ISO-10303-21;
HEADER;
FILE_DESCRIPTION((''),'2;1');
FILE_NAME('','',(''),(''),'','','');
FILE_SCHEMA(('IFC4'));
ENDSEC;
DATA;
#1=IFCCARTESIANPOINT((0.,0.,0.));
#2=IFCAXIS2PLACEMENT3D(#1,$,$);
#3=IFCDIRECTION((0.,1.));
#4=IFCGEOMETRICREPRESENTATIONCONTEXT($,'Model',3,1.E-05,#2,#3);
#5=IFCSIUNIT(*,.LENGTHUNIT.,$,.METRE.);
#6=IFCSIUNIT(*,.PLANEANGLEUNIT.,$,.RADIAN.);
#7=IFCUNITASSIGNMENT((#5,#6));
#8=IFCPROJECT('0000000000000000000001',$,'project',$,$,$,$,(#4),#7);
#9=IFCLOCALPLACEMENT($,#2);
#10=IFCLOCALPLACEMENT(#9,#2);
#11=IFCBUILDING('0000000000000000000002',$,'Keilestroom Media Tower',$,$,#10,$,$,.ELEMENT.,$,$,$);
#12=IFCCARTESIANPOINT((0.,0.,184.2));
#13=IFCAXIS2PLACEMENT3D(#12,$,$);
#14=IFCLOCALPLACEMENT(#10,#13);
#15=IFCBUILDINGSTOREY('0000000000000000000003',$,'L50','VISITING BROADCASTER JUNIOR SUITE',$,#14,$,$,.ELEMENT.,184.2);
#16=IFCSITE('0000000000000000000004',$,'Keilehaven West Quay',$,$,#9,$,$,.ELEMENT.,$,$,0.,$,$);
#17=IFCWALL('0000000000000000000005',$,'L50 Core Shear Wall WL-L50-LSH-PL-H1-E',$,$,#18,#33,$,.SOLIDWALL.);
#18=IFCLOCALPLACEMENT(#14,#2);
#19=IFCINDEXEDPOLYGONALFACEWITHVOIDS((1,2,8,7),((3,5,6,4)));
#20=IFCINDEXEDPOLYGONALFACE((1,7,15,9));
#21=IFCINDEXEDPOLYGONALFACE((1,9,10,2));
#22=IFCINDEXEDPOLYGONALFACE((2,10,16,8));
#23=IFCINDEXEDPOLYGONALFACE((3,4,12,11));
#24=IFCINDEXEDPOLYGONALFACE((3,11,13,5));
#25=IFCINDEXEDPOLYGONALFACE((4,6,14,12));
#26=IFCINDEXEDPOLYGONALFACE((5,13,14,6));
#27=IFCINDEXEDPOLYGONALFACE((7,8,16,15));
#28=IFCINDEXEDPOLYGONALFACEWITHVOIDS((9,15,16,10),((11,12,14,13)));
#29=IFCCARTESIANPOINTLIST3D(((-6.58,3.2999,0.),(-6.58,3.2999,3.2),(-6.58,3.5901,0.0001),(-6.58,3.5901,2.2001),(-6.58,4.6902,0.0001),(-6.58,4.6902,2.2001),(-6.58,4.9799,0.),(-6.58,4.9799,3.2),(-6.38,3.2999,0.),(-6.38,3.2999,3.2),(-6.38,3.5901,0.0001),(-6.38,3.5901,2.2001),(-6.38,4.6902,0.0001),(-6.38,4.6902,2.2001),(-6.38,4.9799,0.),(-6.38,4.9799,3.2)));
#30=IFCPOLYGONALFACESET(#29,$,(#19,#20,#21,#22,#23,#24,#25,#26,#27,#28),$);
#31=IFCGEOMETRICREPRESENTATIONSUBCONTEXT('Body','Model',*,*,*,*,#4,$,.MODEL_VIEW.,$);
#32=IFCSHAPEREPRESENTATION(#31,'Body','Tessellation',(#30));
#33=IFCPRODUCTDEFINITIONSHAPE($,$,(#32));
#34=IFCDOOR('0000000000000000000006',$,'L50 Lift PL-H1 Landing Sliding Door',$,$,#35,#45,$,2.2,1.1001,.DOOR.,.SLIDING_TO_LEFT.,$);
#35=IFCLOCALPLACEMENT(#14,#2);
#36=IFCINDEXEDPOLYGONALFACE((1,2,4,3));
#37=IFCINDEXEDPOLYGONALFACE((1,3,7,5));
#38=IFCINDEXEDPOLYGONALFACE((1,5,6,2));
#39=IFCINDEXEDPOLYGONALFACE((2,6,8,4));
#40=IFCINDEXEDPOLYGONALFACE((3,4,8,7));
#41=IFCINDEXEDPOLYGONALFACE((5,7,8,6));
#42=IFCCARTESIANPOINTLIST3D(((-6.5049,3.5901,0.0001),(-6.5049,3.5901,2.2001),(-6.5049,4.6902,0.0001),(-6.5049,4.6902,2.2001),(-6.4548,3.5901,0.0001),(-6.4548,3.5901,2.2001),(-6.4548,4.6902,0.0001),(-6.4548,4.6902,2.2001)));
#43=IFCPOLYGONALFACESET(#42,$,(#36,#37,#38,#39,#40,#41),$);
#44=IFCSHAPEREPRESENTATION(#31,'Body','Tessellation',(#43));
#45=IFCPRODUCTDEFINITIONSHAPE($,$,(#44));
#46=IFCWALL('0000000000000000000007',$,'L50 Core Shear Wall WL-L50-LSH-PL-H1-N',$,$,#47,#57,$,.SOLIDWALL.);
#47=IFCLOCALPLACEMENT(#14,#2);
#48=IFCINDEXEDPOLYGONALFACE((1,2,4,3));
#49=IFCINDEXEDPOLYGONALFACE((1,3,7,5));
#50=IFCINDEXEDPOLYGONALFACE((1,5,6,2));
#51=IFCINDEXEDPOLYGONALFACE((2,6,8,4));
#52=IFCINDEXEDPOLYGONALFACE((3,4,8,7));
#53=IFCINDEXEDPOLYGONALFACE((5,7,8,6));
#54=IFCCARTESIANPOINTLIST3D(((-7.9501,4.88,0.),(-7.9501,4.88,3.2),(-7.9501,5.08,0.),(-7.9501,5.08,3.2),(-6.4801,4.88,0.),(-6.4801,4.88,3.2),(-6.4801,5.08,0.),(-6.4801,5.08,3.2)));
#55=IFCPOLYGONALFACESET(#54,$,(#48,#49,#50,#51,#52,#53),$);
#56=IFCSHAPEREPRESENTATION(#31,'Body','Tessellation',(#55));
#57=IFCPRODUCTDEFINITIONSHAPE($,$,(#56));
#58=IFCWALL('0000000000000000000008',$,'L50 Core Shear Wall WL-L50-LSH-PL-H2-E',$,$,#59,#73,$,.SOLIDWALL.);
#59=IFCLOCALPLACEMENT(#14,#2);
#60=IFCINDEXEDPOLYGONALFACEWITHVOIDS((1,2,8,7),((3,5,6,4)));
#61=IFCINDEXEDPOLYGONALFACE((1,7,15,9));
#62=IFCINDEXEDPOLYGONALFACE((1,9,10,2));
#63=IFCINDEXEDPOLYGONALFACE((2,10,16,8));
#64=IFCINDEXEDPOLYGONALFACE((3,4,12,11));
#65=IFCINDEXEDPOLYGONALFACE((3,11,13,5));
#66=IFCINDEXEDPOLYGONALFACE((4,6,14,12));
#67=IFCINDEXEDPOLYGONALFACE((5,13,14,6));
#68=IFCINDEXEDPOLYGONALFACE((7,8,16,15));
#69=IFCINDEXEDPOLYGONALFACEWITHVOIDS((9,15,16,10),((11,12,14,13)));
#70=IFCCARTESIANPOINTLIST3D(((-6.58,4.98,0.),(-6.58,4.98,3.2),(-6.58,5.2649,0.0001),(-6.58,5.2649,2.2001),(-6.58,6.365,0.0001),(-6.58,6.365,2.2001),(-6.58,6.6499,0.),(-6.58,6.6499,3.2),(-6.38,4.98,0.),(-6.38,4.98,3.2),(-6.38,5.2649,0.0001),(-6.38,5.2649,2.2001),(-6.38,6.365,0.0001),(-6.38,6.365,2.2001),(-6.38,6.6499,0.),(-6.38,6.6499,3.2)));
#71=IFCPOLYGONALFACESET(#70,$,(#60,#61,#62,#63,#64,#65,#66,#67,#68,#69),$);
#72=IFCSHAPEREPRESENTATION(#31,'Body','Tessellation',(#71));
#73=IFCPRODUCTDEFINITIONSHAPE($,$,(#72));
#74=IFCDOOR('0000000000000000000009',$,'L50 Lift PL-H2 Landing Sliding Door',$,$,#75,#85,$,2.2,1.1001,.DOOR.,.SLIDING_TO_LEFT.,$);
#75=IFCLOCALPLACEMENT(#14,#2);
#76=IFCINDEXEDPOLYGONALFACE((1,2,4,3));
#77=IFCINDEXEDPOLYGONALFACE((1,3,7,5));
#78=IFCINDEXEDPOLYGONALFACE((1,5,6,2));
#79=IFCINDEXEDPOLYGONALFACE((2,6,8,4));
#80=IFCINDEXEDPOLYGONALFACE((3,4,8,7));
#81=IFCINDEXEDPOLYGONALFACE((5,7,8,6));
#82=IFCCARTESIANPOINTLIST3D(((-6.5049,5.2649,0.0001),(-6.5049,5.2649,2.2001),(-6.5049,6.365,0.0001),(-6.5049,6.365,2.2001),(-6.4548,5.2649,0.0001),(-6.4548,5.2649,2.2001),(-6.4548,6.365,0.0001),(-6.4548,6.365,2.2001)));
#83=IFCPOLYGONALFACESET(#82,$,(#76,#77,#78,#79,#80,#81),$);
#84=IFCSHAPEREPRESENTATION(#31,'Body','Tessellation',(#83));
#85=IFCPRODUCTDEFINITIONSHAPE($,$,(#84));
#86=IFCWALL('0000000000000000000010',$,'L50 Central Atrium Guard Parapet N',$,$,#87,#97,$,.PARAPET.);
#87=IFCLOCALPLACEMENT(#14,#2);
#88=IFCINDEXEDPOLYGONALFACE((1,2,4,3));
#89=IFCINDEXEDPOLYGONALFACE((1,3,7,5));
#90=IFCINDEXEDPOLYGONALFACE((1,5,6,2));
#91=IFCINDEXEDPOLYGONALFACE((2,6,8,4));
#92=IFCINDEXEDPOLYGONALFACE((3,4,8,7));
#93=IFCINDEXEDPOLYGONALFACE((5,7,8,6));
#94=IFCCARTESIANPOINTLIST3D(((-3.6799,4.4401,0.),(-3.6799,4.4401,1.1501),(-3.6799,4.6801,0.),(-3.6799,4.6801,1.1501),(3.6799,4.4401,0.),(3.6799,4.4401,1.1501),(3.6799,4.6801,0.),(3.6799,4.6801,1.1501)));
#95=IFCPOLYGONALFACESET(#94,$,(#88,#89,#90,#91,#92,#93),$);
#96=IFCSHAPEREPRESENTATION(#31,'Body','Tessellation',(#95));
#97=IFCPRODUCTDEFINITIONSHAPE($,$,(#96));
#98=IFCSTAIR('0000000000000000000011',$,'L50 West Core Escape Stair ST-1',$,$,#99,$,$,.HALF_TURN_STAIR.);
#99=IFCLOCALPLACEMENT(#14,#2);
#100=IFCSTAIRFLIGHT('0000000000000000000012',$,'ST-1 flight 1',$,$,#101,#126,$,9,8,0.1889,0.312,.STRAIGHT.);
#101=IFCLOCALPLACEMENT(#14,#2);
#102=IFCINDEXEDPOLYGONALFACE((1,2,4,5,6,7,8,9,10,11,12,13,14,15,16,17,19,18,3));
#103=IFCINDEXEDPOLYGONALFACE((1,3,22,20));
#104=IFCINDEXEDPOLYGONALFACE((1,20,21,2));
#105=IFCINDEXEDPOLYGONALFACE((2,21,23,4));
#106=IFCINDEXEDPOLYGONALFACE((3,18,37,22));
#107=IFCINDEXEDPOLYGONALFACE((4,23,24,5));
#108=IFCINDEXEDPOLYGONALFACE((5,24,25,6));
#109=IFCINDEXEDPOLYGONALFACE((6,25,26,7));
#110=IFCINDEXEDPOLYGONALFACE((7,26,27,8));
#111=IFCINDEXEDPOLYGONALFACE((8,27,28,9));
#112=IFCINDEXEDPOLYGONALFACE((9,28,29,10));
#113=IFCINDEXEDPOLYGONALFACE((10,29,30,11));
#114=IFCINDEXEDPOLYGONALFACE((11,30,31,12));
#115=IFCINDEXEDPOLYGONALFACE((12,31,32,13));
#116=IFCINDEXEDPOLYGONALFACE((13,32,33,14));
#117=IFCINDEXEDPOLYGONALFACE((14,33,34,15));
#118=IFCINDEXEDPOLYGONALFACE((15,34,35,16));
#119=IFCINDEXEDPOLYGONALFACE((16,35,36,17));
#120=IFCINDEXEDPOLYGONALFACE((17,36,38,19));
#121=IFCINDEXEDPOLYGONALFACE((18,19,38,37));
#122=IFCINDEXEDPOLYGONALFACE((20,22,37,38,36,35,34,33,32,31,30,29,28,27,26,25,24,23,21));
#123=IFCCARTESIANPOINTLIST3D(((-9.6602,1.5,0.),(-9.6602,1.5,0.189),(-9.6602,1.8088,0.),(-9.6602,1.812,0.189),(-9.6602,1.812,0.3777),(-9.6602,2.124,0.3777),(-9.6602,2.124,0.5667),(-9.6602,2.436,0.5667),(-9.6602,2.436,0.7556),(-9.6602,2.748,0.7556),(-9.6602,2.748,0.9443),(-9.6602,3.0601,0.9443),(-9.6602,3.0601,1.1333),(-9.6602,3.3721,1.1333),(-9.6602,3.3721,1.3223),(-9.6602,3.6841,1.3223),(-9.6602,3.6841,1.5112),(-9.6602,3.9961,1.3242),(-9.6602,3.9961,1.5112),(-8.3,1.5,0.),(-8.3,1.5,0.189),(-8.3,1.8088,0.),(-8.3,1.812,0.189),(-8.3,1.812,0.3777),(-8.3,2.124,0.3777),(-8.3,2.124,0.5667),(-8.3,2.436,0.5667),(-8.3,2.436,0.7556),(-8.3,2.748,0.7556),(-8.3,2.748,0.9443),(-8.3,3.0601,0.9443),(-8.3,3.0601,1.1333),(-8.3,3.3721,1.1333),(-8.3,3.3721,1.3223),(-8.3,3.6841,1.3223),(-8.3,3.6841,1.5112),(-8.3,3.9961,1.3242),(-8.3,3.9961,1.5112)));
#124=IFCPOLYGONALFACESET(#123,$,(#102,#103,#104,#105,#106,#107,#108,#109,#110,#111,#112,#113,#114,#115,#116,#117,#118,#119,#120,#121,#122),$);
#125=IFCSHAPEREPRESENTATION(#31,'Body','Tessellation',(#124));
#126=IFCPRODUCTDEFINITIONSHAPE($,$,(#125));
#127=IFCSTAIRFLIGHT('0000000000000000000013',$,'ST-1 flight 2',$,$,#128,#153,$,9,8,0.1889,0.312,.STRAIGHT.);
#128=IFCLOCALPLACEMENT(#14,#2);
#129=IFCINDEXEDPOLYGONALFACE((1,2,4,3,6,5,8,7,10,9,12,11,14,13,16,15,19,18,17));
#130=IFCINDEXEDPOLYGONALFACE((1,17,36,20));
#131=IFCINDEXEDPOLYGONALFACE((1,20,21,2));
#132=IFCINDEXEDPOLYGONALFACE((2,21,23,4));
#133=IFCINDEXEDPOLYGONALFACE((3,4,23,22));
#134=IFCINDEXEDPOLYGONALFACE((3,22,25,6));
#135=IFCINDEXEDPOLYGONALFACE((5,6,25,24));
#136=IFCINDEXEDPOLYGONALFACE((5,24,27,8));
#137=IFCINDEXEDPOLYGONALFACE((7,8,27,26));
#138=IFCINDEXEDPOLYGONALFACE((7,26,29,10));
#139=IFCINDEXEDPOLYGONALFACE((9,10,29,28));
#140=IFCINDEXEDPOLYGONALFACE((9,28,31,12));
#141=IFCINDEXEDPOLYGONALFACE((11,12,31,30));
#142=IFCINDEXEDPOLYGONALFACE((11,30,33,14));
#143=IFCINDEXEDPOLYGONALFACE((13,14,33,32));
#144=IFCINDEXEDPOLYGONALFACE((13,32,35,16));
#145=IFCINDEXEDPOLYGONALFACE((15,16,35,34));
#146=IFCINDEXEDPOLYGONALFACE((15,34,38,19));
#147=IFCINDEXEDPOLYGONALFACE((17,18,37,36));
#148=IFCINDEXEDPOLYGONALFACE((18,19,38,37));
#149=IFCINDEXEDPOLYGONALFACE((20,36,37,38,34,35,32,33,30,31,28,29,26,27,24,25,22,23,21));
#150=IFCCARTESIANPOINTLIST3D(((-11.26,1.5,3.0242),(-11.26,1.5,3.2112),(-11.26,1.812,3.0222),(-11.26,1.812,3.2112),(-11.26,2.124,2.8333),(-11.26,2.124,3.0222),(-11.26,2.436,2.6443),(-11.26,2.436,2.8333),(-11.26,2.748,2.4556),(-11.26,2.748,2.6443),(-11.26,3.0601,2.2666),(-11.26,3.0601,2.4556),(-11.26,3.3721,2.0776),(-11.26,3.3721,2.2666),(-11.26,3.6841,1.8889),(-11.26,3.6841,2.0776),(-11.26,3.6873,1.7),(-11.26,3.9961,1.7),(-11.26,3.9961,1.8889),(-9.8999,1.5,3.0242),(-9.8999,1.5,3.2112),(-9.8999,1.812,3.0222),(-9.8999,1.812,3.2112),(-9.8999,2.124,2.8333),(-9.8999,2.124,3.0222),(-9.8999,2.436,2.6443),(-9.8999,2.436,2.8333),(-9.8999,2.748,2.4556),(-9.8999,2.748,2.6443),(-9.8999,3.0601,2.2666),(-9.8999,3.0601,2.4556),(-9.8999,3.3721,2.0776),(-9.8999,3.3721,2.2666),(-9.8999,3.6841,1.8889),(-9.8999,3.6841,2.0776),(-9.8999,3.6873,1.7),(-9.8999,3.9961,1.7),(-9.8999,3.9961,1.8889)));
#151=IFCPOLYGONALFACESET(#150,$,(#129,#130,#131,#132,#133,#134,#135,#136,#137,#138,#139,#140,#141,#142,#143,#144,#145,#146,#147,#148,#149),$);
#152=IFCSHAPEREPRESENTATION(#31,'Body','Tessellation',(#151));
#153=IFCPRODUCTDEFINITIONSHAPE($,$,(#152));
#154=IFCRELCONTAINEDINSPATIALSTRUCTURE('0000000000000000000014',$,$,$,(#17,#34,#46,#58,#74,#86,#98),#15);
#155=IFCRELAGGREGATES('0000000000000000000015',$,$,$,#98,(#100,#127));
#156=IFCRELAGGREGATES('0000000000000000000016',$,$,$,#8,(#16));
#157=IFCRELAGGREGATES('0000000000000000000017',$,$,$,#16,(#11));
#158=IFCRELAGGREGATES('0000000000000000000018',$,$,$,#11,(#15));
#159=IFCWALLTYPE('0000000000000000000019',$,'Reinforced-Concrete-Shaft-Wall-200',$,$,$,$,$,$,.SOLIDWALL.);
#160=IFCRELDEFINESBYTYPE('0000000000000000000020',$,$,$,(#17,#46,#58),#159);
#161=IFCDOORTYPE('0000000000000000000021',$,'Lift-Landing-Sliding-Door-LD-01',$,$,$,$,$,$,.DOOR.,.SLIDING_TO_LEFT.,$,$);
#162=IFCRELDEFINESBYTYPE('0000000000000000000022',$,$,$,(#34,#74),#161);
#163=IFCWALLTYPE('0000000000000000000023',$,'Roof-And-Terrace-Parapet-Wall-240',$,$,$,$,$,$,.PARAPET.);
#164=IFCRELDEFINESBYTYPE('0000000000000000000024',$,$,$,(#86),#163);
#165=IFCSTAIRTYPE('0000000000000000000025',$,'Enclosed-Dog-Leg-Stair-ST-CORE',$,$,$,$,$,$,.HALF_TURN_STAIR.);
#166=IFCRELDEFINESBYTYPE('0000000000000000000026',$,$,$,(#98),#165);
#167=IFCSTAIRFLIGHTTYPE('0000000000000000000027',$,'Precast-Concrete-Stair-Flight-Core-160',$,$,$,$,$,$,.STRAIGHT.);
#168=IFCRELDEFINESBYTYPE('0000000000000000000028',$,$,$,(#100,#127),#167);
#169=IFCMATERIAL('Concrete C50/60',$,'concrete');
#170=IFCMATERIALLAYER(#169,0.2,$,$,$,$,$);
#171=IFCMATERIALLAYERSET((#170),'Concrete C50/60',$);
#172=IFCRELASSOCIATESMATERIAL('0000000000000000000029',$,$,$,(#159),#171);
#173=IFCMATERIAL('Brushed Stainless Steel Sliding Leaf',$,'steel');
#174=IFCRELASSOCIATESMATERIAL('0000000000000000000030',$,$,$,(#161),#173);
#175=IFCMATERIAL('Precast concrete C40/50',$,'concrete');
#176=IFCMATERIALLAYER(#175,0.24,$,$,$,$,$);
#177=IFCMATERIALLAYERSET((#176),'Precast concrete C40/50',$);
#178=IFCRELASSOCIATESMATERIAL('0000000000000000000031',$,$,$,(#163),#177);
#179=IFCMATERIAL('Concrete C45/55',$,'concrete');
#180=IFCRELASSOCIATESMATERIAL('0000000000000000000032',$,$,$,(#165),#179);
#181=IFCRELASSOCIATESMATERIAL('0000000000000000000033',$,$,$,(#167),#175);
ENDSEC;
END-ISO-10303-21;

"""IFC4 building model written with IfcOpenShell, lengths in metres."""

from ifc_helpers import new_model, si_unit, direction, frame, frame_2d, origin, place, context, subcontext, project, spatial, polyline, rectangle, outline, extrude, source, transform, mapped, material, layer, layer_set, type_object, element, fill, aggregate, save


model = new_model("IFC4")

# Units and contexts
model_context = context("Model", 3, precision=1e-05, world=origin(), true_north=direction((0.0, 1.0)))
body_context = subcontext(model_context, "Body", "Model", "MODEL_VIEW")
ifc_project = project(units=[si_unit("LENGTHUNIT", "METRE"), si_unit("PLANEANGLEUNIT", "RADIAN")], contexts=[model_context])

# Site, building, storey
site_placement = place(None, origin())
site = spatial("IfcSite", under=ifc_project, at=site_placement, Name="Keilehaven West Quay", CompositionType="ELEMENT", RefElevation=0.0)
building_placement = place(site_placement, origin())
building = spatial("IfcBuilding", under=site, at=building_placement, Name="Keilestroom Media Tower", CompositionType="ELEMENT")
storey_placement = place(building_placement, frame((0.0, 0.0, 184.2)))
storey = spatial("IfcBuildingStorey", under=building, at=storey_placement, Name="L50", Description="VISITING BROADCASTER JUNIOR SUITE", CompositionType="ELEMENT", Elevation=184.2)

# Shared definitions
ifc_material_1 = material(Name="Concrete C50/60", Category="concrete")
ifc_layer_1 = layer(ifc_material_1, 0.2)
ifc_layer_set_1 = layer_set([ifc_layer_1], Name="Concrete C50/60")
wall_type_1 = type_object("IfcWallType", Name="Reinforced-Concrete-Shaft-Wall-200", PredefinedType="SOLIDWALL", material=ifc_layer_set_1)

# Wall, opening, door
wall_1_placement = place(storey_placement, frame((-6.48, 3.3, 0.0), z_axis=(0.0, 0.0, 1.0), x_axis=(0.0, 1.0, 0.0)))
wall_1 = element("IfcWall", 1, at=wall_1_placement, inside=storey, type_object=wall_type_1, Name="L50 Core Shear Wall WL-L50-LSH-PL-H1-E", PredefinedType="SOLIDWALL", context=body_context, shape_type="SweptSolid", body=[
    extrude(rectangle(XDim=1.6799, YDim=0.2, at=frame_2d((0.8398, 0.0))), origin(), (0.0, 0.0, 1.0), 3.2),
])
opening_1_placement = place(wall_1_placement, frame((0.29, 0.0, 0.0)))
opening_1 = element("IfcOpeningElement", 2, at=opening_1_placement, cuts=wall_1, PredefinedType="OPENING", context=body_context, shape_type="SweptSolid", body=[
    extrude(rectangle(XDim=1.1001, YDim=2.2, at=frame_2d((0.55, 1.1001))), frame((0.0, 0.1099, 0.0), z_axis=(0.0, -1.0, 0.0), x_axis=(1.0, 0.0, 0.0)), (0.0, 0.0, 1.0), 0.22),
])
ifc_material_2 = material(Name="Brushed Stainless Steel Sliding Leaf", Category="steel")
door_type = type_object("IfcDoorType", Name="Lift-Landing-Sliding-Door-LD-01", OperationType="SLIDING_TO_LEFT", PredefinedType="DOOR", material=ifc_material_2)
shared_shape_1 = source(origin(), body_context, "Body", "SweptSolid", [
    extrude(rectangle(XDim=1.1001, YDim=2.2, at=frame_2d((0.55, 1.1001))), frame((0.0, 0.0249, 0.0), z_axis=(0.0, -1.0, 0.0), x_axis=(1.0, 0.0, 0.0)), (0.0, 0.0, 1.0), 0.05),
])
door_1_placement = place(opening_1_placement, origin())
door_1 = element("IfcDoor", 3, at=door_1_placement, inside=storey, type_object=door_type, Name="L50 Lift PL-H1 Landing Sliding Door", OperationType="SLIDING_TO_LEFT", OverallHeight=2.2, OverallWidth=1.1001, PredefinedType="DOOR", context=body_context, shape_type="MappedRepresentation", body=[
    mapped(shared_shape_1, transform((0.0, 0.0, 0.0), x_axis=(1.0, 0.0, 0.0), y_axis=(0.0, 1.0, 0.0), z_axis=(0.0, 0.0, 1.0), scale=1.0)),
])
fill(opening_1, door_1)

# Wall
wall_2_placement = place(storey_placement, frame((-7.95, 4.98, 0.0), z_axis=(0.0, 0.0, 1.0), x_axis=(1.0, 0.0, 0.0)))
element("IfcWall", 4, at=wall_2_placement, inside=storey, type_object=wall_type_1, Name="L50 Core Shear Wall WL-L50-LSH-PL-H1-N", PredefinedType="SOLIDWALL", context=body_context, shape_type="SweptSolid", body=[
    extrude(rectangle(XDim=1.47, YDim=0.2, at=frame_2d((0.7349, 0.0))), origin(), (0.0, 0.0, 1.0), 3.2),
])

# Wall, opening, door
wall_3_placement = place(storey_placement, frame((-6.48, 4.98, 0.0), z_axis=(0.0, 0.0, 1.0), x_axis=(0.0, 1.0, 0.0)))
wall_3 = element("IfcWall", 5, at=wall_3_placement, inside=storey, type_object=wall_type_1, Name="L50 Core Shear Wall WL-L50-LSH-PL-H2-E", PredefinedType="SOLIDWALL", context=body_context, shape_type="SweptSolid", body=[
    extrude(rectangle(XDim=1.6699, YDim=0.2, at=frame_2d((0.835, 0.0))), origin(), (0.0, 0.0, 1.0), 3.2),
])
opening_2_placement = place(wall_3_placement, frame((0.2849, 0.0, 0.0)))
opening_2 = element("IfcOpeningElement", 6, at=opening_2_placement, cuts=wall_3, PredefinedType="OPENING", context=body_context, shape_type="SweptSolid", body=[
    extrude(rectangle(XDim=1.1001, YDim=2.2, at=frame_2d((0.55, 1.1001))), frame((0.0, 0.1099, 0.0), z_axis=(0.0, -1.0, 0.0), x_axis=(1.0, 0.0, 0.0)), (0.0, 0.0, 1.0), 0.22),
])
door_2_placement = place(opening_2_placement, origin())
door_2 = element("IfcDoor", 7, at=door_2_placement, inside=storey, type_object=door_type, Name="L50 Lift PL-H2 Landing Sliding Door", OperationType="SLIDING_TO_LEFT", OverallHeight=2.2, OverallWidth=1.1001, PredefinedType="DOOR", context=body_context, shape_type="MappedRepresentation", body=[
    mapped(shared_shape_1, transform((0.0, 0.0, 0.0), x_axis=(1.0, 0.0, 0.0), y_axis=(0.0, 1.0, 0.0), z_axis=(0.0, 0.0, 1.0), scale=1.0)),
])
fill(opening_2, door_2)

# Wall
ifc_material_3 = material(Name="Precast concrete C40/50", Category="concrete")
ifc_layer_2 = layer(ifc_material_3, 0.24)
ifc_layer_set_2 = layer_set([ifc_layer_2], Name="Precast concrete C40/50")
wall_type_2 = type_object("IfcWallType", Name="Roof-And-Terrace-Parapet-Wall-240", PredefinedType="PARAPET", material=ifc_layer_set_2)
wall_4_placement = place(storey_placement, frame((-3.6799, 4.5601, 0.0), z_axis=(0.0, 0.0, 1.0), x_axis=(1.0, 0.0, 0.0)))
element("IfcWall", 8, at=wall_4_placement, inside=storey, type_object=wall_type_2, Name="L50 Central Atrium Guard Parapet N", PredefinedType="PARAPET", context=body_context, shape_type="SweptSolid", body=[
    extrude(rectangle(XDim=7.3599, YDim=0.24, at=frame_2d((3.6799, 0.0))), origin(), (0.0, 0.0, 1.0), 1.1501),
])

# Stair, stair flights
ifc_material_4 = material(Name="Concrete C45/55", Category="concrete")
stair_type = type_object("IfcStairType", Name="Enclosed-Dog-Leg-Stair-ST-CORE", PredefinedType="HALF_TURN_STAIR", material=ifc_material_4)
stair_placement = place(storey_placement, origin())
stair = element("IfcStair", 9, at=stair_placement, inside=storey, type_object=stair_type, Name="L50 West Core Escape Stair ST-1", PredefinedType="HALF_TURN_STAIR")
stair_flight_type = type_object("IfcStairFlightType", Name="Precast-Concrete-Stair-Flight-Core-160", PredefinedType="STRAIGHT", material=ifc_material_3)
stair_flight_1_placement = place(storey_placement, frame((-8.98, 1.5, 0.0), z_axis=(0.0, 0.0, 1.0), x_axis=(0.0, 1.0, 0.0)))
stair_flight_1 = element("IfcStairFlight", 10, at=stair_flight_1_placement, type_object=stair_flight_type, Name="ST-1 flight 1", NumberOfRisers=9, NumberOfTreads=8, PredefinedType="STRAIGHT", RiserHeight=0.1889, TreadLength=0.312, context=body_context, shape_type="SweptSolid", body=[
    extrude(outline(polyline([(0.0, 0.0), (0.0, 0.189), (0.312, 0.189), (0.312, 0.3777), (0.624, 0.3777), (0.624, 0.5667), (0.936, 0.5667), (0.936, 0.7556), (1.248, 0.7556), (1.248, 0.9443), (1.5601, 0.9443), (1.5601, 1.1333), (1.8721, 1.1333), (1.8721, 1.3223), (2.1841, 1.3223), (2.1841, 1.5112), (2.4961, 1.5112), (2.4961, 1.7), (2.4961, 1.3242), (0.3088, 0.0), (0.0, 0.0)])), frame((0.0, 0.6802, 0.0), z_axis=(0.0, -1.0, 0.0), x_axis=(1.0, 0.0, 0.0)), (0.0, 0.0, 1.0), 1.3601),
])
stair_flight_2_placement = place(storey_placement, frame((-10.5801, 3.9961, 1.7), z_axis=(0.0, 0.0, 1.0), x_axis=(0.0, -1.0, 0.0)))
stair_flight_2 = element("IfcStairFlight", 11, at=stair_flight_2_placement, type_object=stair_flight_type, Name="ST-1 flight 2", NumberOfRisers=9, NumberOfTreads=8, PredefinedType="STRAIGHT", RiserHeight=0.1889, TreadLength=0.312, context=body_context, shape_type="SweptSolid", body=[
    extrude(outline(polyline([(0.0, 0.0), (0.0, 0.189), (0.312, 0.189), (0.312, 0.3777), (0.624, 0.3777), (0.624, 0.5667), (0.936, 0.5667), (0.936, 0.7556), (1.248, 0.7556), (1.248, 0.9443), (1.5601, 0.9443), (1.5601, 1.1333), (1.8721, 1.1333), (1.8721, 1.3223), (2.1841, 1.3223), (2.1841, 1.5112), (2.4961, 1.5112), (2.4961, 1.7), (2.4961, 1.3242), (0.3088, 0.0), (0.0, 0.0)])), frame((0.0, 0.6802, 0.0), z_axis=(0.0, -1.0, 0.0), x_axis=(1.0, 0.0, 0.0)), (0.0, 0.0, 1.0), 1.3601),
])
aggregate(stair, [stair_flight_1, stair_flight_2])

save(model, "model.ifc")
